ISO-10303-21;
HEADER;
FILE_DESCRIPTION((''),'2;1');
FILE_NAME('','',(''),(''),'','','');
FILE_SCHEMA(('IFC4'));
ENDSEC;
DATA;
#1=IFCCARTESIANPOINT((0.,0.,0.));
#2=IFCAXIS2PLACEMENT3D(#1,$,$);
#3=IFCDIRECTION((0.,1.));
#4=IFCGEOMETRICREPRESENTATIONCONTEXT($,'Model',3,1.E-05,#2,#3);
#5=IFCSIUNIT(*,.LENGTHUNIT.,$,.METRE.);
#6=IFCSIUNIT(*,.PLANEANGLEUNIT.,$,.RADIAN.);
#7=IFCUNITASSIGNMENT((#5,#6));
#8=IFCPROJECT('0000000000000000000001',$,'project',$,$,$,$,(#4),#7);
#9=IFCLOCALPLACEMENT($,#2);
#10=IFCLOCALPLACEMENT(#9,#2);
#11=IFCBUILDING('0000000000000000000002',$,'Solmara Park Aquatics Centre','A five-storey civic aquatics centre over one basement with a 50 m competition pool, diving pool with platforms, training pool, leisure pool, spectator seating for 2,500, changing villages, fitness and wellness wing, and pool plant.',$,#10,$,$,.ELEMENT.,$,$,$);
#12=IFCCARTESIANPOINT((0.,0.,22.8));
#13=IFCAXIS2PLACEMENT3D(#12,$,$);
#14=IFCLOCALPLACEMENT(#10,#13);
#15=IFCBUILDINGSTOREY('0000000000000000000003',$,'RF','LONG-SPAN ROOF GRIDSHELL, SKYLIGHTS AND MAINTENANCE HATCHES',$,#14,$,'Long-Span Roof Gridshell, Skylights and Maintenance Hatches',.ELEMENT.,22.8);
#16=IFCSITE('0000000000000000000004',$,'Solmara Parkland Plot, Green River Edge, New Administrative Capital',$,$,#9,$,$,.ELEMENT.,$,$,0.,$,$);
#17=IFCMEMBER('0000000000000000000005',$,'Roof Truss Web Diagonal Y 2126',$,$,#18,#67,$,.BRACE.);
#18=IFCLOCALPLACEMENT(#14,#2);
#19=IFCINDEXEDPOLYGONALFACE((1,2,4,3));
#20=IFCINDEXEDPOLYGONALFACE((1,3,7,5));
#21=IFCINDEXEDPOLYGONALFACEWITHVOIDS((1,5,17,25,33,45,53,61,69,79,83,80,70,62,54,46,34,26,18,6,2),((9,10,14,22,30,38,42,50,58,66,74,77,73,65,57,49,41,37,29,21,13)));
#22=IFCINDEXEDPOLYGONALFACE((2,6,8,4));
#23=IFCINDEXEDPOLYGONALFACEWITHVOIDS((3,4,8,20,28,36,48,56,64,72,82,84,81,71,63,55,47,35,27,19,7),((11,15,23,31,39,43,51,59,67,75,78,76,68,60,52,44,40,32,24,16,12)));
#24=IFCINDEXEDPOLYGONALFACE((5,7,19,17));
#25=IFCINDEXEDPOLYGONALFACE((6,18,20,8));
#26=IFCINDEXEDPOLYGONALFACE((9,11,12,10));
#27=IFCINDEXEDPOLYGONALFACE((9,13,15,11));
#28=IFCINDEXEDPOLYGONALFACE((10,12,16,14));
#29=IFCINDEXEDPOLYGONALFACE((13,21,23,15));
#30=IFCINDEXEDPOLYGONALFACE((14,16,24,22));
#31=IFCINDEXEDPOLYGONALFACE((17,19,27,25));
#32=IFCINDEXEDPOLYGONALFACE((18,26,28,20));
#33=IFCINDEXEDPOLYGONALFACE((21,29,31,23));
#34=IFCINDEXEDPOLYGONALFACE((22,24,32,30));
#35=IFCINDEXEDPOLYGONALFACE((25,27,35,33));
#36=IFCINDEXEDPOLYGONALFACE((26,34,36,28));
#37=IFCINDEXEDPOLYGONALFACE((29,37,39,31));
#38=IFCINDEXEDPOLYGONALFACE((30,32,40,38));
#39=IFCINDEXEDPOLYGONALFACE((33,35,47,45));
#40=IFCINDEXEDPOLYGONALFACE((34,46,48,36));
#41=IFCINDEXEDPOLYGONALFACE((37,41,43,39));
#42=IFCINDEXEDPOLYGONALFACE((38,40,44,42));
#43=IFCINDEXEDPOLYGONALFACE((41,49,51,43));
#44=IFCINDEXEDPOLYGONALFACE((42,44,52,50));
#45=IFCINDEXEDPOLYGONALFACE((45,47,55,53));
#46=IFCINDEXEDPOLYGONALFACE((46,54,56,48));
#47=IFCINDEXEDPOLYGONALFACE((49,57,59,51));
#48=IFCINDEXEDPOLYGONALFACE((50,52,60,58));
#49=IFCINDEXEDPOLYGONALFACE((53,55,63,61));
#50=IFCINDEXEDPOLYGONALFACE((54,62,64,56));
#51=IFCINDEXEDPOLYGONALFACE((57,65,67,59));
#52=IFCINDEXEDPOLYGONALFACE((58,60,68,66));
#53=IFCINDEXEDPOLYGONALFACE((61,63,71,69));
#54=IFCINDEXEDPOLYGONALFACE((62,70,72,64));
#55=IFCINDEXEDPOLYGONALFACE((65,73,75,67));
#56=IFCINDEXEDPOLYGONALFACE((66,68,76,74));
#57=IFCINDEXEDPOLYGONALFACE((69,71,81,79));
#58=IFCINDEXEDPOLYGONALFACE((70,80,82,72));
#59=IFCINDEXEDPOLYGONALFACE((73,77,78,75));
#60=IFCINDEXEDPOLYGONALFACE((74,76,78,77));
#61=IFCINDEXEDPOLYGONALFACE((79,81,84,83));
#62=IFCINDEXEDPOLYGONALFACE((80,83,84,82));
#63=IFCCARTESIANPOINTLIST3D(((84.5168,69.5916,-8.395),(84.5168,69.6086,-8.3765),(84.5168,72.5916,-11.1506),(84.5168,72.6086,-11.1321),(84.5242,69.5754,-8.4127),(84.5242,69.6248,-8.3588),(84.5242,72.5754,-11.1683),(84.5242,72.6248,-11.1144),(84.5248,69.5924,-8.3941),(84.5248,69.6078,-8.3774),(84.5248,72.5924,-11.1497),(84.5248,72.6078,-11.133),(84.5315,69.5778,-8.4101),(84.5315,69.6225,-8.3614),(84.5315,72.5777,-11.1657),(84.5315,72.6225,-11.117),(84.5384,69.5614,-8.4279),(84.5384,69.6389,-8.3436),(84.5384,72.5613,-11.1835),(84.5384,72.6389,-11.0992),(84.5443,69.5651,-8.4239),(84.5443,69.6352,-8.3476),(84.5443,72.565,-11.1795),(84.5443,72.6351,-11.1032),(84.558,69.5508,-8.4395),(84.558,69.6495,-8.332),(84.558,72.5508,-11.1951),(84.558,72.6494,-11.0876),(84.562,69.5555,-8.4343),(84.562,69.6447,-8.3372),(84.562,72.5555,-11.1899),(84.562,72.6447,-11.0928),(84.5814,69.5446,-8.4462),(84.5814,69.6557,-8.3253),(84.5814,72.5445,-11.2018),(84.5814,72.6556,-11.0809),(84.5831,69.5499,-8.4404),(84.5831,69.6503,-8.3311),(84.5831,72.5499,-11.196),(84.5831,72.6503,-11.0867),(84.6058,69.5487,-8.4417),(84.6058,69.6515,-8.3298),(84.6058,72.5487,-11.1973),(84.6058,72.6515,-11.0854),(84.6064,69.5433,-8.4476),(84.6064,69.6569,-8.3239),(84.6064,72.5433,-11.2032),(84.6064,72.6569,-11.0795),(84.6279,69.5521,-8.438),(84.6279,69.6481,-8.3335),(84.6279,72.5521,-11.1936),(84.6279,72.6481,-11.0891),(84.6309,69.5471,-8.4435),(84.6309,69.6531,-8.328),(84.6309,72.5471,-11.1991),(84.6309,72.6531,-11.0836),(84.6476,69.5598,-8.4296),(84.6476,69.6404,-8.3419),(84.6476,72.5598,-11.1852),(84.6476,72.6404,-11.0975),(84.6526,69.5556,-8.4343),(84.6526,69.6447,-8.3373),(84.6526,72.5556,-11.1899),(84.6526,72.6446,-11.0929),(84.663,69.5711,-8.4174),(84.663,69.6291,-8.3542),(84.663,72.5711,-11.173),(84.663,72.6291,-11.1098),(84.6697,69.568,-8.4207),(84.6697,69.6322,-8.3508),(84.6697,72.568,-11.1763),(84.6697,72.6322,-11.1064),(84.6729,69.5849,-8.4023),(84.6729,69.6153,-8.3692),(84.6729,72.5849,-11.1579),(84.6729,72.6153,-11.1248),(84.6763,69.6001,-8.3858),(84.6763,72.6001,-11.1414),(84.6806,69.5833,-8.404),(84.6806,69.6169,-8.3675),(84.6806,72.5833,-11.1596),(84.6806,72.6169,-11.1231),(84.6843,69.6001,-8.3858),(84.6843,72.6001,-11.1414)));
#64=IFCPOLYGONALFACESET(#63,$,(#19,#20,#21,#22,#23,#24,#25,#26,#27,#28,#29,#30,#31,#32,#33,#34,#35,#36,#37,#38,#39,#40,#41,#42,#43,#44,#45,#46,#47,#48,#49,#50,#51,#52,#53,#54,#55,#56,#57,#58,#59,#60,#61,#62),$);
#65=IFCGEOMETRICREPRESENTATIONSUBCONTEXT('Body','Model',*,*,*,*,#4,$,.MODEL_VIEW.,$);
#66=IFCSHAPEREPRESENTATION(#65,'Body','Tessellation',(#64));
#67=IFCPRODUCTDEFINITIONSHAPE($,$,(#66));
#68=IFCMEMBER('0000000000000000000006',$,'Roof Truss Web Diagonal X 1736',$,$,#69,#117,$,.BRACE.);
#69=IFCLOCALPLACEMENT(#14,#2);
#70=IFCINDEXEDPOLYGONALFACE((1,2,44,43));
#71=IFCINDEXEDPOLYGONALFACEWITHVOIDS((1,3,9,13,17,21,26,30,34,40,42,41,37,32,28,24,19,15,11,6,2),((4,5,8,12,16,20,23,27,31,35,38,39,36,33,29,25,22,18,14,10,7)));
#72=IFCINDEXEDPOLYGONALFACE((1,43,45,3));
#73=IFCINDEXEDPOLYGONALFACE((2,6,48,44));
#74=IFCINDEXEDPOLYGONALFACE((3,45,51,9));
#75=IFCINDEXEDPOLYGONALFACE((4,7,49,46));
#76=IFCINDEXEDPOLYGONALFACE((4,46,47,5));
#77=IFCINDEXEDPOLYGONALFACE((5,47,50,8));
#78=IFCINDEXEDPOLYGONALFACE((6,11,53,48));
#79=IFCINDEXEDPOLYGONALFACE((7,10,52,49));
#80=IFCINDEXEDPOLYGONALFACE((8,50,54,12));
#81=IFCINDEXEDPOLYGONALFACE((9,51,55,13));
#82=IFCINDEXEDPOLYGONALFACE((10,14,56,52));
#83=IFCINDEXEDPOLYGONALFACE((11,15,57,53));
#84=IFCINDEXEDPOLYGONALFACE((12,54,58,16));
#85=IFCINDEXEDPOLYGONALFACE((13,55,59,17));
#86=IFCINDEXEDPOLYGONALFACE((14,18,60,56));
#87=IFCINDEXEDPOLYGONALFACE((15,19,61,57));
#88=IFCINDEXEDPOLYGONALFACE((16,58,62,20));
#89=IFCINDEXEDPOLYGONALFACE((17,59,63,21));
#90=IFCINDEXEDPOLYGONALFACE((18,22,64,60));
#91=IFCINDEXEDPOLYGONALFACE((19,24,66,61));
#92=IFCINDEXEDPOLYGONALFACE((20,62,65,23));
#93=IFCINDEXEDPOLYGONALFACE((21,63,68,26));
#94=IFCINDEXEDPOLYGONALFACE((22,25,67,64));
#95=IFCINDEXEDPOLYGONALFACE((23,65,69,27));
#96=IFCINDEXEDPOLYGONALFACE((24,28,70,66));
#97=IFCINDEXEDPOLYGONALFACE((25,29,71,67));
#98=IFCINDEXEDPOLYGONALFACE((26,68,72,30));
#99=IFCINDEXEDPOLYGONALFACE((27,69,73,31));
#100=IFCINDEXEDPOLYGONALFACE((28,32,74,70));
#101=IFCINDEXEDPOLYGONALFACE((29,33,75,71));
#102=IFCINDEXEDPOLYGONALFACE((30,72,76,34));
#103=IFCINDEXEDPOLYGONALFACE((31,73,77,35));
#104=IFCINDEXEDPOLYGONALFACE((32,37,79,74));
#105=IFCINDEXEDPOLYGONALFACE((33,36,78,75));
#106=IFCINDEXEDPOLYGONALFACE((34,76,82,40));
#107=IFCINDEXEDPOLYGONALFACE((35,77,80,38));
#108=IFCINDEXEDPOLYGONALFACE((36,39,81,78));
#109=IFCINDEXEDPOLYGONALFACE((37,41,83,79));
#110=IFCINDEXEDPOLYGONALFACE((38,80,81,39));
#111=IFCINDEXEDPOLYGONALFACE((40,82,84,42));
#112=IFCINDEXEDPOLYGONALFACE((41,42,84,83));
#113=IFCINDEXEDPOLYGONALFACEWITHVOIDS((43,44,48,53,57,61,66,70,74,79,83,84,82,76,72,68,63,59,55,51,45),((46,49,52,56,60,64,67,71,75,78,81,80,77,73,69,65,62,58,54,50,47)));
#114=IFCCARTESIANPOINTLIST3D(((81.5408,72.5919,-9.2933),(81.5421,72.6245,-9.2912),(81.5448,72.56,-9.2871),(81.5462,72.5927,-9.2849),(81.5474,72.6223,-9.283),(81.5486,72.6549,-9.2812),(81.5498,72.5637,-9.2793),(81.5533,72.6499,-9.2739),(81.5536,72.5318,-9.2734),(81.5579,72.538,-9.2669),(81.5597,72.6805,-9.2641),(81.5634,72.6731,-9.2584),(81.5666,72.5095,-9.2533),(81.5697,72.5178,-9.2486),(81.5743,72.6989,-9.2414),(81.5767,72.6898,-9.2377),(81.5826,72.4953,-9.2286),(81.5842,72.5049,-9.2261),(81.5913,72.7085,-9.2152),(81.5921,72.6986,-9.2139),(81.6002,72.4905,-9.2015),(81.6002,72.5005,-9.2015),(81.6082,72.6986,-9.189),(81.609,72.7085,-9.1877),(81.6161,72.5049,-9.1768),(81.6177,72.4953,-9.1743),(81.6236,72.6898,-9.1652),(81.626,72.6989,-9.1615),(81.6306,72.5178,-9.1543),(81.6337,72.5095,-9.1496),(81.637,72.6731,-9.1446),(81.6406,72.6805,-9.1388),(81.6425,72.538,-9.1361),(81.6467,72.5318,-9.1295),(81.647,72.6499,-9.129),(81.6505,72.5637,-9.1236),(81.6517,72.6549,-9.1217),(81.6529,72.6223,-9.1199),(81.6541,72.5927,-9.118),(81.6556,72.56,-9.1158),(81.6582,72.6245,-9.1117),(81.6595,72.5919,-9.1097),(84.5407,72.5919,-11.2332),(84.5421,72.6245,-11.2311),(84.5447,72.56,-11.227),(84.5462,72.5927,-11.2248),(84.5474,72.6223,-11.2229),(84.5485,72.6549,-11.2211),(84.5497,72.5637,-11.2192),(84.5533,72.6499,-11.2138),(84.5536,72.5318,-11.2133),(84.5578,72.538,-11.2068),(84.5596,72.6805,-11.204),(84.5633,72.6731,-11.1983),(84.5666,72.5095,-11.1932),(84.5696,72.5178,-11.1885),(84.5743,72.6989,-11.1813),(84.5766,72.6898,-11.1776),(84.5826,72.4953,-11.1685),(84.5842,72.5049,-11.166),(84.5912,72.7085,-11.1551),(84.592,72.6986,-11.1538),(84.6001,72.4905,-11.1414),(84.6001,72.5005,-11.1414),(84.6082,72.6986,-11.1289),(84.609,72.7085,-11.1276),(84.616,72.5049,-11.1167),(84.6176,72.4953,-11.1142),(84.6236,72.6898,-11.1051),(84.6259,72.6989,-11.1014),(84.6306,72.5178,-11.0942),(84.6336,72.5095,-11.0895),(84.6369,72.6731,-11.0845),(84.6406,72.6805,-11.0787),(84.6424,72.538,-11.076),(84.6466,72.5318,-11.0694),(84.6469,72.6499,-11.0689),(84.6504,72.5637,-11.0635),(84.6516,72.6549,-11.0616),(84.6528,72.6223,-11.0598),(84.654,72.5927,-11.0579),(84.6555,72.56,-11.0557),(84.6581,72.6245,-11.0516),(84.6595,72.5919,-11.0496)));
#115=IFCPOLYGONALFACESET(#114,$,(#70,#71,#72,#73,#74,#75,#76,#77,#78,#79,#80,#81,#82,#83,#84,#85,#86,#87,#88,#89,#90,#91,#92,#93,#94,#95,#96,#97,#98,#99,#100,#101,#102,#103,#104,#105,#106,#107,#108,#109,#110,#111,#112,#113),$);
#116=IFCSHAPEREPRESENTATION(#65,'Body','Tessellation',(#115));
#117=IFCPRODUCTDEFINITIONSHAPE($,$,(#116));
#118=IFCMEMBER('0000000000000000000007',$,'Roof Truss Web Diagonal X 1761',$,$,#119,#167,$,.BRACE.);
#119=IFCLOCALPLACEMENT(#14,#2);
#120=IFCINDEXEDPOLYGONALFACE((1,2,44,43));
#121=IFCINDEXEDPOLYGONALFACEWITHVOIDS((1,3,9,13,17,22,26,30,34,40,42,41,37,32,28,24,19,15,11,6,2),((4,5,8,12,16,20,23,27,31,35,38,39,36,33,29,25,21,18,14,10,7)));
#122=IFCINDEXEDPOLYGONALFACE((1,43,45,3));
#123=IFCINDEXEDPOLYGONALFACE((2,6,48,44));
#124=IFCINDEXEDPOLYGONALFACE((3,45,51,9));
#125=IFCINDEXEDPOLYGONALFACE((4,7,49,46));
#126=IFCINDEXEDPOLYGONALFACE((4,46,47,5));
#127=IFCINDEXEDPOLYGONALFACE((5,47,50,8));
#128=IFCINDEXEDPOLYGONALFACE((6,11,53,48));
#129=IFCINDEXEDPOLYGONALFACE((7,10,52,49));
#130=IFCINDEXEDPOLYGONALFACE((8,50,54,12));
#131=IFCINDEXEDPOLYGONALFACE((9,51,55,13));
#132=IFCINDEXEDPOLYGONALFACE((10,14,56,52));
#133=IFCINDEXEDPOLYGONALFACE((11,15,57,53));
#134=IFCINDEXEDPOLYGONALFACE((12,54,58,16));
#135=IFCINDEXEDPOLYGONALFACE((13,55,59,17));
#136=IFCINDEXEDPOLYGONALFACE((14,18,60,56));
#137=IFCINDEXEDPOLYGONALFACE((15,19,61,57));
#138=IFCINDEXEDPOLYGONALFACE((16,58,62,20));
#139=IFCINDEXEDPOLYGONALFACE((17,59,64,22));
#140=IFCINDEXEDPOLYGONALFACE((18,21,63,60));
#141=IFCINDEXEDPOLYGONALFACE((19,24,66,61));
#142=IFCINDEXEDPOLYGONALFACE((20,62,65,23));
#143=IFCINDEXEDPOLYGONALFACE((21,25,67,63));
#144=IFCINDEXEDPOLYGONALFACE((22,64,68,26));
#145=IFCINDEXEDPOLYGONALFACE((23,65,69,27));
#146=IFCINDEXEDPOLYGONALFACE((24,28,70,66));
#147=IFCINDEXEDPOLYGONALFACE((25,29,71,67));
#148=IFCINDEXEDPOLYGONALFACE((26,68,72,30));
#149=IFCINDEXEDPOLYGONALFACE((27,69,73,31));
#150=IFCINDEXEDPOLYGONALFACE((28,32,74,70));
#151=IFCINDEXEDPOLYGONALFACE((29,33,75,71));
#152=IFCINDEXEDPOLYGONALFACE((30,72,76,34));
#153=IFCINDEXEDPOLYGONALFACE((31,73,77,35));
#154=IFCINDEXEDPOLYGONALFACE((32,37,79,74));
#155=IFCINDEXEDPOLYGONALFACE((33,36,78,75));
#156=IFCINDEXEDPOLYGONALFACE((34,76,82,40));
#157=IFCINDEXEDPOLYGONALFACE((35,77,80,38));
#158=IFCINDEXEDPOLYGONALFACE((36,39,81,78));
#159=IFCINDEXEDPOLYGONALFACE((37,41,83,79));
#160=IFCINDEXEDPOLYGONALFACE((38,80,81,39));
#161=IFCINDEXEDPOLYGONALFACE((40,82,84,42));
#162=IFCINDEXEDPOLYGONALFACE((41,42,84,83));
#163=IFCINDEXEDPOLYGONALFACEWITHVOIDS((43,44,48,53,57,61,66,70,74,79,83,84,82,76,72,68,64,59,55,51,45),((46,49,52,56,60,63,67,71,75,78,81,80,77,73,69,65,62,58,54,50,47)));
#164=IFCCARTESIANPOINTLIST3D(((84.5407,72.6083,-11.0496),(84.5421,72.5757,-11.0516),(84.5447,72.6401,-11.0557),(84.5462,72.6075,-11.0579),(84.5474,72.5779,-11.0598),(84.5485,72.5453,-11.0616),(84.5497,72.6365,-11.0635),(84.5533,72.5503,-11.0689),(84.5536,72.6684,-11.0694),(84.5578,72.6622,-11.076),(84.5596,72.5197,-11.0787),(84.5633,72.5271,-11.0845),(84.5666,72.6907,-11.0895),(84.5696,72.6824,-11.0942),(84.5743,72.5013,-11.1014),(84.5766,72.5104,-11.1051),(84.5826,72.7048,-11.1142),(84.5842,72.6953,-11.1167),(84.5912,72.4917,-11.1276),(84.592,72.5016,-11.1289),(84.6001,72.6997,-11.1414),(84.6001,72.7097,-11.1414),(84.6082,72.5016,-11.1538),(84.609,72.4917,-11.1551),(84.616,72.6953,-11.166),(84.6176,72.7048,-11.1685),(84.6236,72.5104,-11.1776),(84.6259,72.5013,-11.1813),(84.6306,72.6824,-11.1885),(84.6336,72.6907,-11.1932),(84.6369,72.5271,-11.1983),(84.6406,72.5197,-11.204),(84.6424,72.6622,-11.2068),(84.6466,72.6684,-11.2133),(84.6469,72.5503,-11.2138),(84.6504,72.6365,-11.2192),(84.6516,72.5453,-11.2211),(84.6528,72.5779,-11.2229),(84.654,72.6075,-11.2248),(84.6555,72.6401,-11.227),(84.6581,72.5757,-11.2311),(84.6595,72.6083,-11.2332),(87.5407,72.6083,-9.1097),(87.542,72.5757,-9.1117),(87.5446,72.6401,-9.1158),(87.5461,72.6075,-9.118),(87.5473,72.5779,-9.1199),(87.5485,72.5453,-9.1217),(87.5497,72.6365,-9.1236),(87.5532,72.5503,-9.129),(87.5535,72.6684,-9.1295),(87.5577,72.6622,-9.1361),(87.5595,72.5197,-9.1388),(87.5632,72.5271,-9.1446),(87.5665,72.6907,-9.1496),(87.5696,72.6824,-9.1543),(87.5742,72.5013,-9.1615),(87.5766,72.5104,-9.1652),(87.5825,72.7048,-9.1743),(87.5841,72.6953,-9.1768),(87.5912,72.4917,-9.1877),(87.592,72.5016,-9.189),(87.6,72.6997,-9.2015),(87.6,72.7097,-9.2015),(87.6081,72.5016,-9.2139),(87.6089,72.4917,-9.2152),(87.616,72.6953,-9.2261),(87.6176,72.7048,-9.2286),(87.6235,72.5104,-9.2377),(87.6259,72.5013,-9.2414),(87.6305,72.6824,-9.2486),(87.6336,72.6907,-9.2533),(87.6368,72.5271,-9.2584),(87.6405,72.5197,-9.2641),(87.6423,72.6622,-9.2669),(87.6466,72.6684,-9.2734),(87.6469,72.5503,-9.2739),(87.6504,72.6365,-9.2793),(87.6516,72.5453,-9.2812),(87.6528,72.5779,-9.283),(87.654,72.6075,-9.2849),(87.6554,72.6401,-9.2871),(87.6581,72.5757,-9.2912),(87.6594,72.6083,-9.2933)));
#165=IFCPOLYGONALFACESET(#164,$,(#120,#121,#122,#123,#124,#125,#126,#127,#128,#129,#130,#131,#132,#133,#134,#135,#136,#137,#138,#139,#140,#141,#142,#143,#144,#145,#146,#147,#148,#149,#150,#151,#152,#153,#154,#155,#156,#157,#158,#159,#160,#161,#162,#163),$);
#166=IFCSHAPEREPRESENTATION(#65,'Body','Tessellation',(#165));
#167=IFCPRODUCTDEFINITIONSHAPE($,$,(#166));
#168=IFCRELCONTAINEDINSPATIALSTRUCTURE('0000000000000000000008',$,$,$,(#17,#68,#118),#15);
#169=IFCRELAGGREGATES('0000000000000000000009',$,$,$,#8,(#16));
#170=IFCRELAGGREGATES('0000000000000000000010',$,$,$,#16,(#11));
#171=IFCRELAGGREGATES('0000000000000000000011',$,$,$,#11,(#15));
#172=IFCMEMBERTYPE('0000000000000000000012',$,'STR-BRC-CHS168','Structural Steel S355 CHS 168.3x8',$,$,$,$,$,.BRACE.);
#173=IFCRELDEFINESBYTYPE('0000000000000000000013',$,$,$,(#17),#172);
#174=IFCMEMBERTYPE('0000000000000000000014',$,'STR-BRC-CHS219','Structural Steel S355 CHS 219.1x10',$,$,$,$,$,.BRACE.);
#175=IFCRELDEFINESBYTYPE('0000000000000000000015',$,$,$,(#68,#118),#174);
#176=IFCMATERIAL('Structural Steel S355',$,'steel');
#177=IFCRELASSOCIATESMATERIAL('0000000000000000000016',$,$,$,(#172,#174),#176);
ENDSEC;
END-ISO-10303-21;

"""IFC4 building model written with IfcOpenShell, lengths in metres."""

from ifc_helpers import new_model, si_unit, direction, frame, origin, origin_2d, place, context, subcontext, project, spatial, hollow_circle, extrude, material, material_profile, profile_set, type_object, element, save


model = new_model("IFC4")

# Units and contexts
model_context = context("Model", 3, precision=1e-05, world=origin(), true_north=direction((0.0, 1.0)))
body_context = subcontext(model_context, "Body", "Model", "MODEL_VIEW")
ifc_project = project(units=[si_unit("LENGTHUNIT", "METRE"), si_unit("PLANEANGLEUNIT", "RADIAN")], contexts=[model_context])

# Site, building, storey
site_placement = place(None, origin())
site = spatial("IfcSite", under=ifc_project, at=site_placement, Name="Solmara Parkland Plot, Green River Edge, New Administrative Capital", CompositionType="ELEMENT", RefElevation=0.0)
building_placement = place(site_placement, origin())
building = spatial("IfcBuilding", under=site, at=building_placement, Name="Solmara Park Aquatics Centre", Description="A five-storey civic aquatics centre over one basement with a 50 m competition pool, diving pool with platforms, training pool, leisure pool, spectator seating for 2,500, changing villages, fitness and wellness wing, and pool plant.", CompositionType="ELEMENT")
storey_placement = place(building_placement, frame((0.0, 0.0, 22.8)))
storey = spatial("IfcBuildingStorey", under=building, at=storey_placement, Name="RF", Description="LONG-SPAN ROOF GRIDSHELL, SKYLIGHTS AND MAINTENANCE HATCHES", LongName="Long-Span Roof Gridshell, Skylights and Maintenance Hatches", CompositionType="ELEMENT", Elevation=22.8)

# Members
ifc_material_1 = material(Name="Structural Steel S355", Category="steel")
ifc_material_profile_1 = material_profile(ifc_material_1, hollow_circle(Radius=0.0842, WallThickness=0.0081, at=origin_2d()), Name="CHS 168.3x8")
ifc_profile_set_1 = profile_set([ifc_material_profile_1], Name="Structural Steel S355")
member_type_1 = type_object("IfcMemberType", Name="STR-BRC-CHS168", Description="Structural Steel S355 CHS 168.3x8", PredefinedType="BRACE", material=ifc_profile_set_1)
member_1_placement = place(storey_placement, frame((84.6001, 72.6001, -11.1414), z_axis=(0.0, -0.736467, 0.676473), x_axis=(1.0, 0.0, 0.0)))
element("IfcMember", 1, at=member_1_placement, inside=storey, type_object=member_type_1, Name="Roof Truss Web Diagonal Y 2126", PredefinedType="BRACE", context=body_context, shape_type="SweptSolid", body=[
    extrude(hollow_circle(Radius=0.0842, WallThickness=0.0081, at=origin_2d()), origin(), (0.0, 0.0, 1.0), 4.0735),
])
ifc_material_profile_2 = material_profile(ifc_material_1, hollow_circle(Radius=0.1096, WallThickness=0.01, at=origin_2d()), Name="CHS 219.1x10")
ifc_profile_set_2 = profile_set([ifc_material_profile_2], Name="Structural Steel S355")
member_type_2 = type_object("IfcMemberType", Name="STR-BRC-CHS219", Description="Structural Steel S355 CHS 219.1x10", PredefinedType="BRACE", material=ifc_profile_set_2)
for number, where, z_axis, x_axis, name in (
    (2, (84.6001, 72.6001, -11.1414), (-0.839728, 0.0, 0.543008), (0.0, -1.0, 0.0), "Roof Truss Web Diagonal X 1736"),
    (3, (84.6001, 72.6001, -11.1414), (0.839728, 0.0, 0.543008), (0.0, 1.0, 0.0), "Roof Truss Web Diagonal X 1761"),
):
    element("IfcMember", number, at=place(storey_placement, frame(where, z_axis=z_axis, x_axis=x_axis)), inside=storey, type_object=member_type_2, Name=name, PredefinedType="BRACE", context=body_context, shape_type="SweptSolid", body=[
        extrude(hollow_circle(Radius=0.1096, WallThickness=0.01, at=origin_2d()), origin(), (0.0, 0.0, 1.0), 3.5725),
    ])

save(model, "model.ifc")
